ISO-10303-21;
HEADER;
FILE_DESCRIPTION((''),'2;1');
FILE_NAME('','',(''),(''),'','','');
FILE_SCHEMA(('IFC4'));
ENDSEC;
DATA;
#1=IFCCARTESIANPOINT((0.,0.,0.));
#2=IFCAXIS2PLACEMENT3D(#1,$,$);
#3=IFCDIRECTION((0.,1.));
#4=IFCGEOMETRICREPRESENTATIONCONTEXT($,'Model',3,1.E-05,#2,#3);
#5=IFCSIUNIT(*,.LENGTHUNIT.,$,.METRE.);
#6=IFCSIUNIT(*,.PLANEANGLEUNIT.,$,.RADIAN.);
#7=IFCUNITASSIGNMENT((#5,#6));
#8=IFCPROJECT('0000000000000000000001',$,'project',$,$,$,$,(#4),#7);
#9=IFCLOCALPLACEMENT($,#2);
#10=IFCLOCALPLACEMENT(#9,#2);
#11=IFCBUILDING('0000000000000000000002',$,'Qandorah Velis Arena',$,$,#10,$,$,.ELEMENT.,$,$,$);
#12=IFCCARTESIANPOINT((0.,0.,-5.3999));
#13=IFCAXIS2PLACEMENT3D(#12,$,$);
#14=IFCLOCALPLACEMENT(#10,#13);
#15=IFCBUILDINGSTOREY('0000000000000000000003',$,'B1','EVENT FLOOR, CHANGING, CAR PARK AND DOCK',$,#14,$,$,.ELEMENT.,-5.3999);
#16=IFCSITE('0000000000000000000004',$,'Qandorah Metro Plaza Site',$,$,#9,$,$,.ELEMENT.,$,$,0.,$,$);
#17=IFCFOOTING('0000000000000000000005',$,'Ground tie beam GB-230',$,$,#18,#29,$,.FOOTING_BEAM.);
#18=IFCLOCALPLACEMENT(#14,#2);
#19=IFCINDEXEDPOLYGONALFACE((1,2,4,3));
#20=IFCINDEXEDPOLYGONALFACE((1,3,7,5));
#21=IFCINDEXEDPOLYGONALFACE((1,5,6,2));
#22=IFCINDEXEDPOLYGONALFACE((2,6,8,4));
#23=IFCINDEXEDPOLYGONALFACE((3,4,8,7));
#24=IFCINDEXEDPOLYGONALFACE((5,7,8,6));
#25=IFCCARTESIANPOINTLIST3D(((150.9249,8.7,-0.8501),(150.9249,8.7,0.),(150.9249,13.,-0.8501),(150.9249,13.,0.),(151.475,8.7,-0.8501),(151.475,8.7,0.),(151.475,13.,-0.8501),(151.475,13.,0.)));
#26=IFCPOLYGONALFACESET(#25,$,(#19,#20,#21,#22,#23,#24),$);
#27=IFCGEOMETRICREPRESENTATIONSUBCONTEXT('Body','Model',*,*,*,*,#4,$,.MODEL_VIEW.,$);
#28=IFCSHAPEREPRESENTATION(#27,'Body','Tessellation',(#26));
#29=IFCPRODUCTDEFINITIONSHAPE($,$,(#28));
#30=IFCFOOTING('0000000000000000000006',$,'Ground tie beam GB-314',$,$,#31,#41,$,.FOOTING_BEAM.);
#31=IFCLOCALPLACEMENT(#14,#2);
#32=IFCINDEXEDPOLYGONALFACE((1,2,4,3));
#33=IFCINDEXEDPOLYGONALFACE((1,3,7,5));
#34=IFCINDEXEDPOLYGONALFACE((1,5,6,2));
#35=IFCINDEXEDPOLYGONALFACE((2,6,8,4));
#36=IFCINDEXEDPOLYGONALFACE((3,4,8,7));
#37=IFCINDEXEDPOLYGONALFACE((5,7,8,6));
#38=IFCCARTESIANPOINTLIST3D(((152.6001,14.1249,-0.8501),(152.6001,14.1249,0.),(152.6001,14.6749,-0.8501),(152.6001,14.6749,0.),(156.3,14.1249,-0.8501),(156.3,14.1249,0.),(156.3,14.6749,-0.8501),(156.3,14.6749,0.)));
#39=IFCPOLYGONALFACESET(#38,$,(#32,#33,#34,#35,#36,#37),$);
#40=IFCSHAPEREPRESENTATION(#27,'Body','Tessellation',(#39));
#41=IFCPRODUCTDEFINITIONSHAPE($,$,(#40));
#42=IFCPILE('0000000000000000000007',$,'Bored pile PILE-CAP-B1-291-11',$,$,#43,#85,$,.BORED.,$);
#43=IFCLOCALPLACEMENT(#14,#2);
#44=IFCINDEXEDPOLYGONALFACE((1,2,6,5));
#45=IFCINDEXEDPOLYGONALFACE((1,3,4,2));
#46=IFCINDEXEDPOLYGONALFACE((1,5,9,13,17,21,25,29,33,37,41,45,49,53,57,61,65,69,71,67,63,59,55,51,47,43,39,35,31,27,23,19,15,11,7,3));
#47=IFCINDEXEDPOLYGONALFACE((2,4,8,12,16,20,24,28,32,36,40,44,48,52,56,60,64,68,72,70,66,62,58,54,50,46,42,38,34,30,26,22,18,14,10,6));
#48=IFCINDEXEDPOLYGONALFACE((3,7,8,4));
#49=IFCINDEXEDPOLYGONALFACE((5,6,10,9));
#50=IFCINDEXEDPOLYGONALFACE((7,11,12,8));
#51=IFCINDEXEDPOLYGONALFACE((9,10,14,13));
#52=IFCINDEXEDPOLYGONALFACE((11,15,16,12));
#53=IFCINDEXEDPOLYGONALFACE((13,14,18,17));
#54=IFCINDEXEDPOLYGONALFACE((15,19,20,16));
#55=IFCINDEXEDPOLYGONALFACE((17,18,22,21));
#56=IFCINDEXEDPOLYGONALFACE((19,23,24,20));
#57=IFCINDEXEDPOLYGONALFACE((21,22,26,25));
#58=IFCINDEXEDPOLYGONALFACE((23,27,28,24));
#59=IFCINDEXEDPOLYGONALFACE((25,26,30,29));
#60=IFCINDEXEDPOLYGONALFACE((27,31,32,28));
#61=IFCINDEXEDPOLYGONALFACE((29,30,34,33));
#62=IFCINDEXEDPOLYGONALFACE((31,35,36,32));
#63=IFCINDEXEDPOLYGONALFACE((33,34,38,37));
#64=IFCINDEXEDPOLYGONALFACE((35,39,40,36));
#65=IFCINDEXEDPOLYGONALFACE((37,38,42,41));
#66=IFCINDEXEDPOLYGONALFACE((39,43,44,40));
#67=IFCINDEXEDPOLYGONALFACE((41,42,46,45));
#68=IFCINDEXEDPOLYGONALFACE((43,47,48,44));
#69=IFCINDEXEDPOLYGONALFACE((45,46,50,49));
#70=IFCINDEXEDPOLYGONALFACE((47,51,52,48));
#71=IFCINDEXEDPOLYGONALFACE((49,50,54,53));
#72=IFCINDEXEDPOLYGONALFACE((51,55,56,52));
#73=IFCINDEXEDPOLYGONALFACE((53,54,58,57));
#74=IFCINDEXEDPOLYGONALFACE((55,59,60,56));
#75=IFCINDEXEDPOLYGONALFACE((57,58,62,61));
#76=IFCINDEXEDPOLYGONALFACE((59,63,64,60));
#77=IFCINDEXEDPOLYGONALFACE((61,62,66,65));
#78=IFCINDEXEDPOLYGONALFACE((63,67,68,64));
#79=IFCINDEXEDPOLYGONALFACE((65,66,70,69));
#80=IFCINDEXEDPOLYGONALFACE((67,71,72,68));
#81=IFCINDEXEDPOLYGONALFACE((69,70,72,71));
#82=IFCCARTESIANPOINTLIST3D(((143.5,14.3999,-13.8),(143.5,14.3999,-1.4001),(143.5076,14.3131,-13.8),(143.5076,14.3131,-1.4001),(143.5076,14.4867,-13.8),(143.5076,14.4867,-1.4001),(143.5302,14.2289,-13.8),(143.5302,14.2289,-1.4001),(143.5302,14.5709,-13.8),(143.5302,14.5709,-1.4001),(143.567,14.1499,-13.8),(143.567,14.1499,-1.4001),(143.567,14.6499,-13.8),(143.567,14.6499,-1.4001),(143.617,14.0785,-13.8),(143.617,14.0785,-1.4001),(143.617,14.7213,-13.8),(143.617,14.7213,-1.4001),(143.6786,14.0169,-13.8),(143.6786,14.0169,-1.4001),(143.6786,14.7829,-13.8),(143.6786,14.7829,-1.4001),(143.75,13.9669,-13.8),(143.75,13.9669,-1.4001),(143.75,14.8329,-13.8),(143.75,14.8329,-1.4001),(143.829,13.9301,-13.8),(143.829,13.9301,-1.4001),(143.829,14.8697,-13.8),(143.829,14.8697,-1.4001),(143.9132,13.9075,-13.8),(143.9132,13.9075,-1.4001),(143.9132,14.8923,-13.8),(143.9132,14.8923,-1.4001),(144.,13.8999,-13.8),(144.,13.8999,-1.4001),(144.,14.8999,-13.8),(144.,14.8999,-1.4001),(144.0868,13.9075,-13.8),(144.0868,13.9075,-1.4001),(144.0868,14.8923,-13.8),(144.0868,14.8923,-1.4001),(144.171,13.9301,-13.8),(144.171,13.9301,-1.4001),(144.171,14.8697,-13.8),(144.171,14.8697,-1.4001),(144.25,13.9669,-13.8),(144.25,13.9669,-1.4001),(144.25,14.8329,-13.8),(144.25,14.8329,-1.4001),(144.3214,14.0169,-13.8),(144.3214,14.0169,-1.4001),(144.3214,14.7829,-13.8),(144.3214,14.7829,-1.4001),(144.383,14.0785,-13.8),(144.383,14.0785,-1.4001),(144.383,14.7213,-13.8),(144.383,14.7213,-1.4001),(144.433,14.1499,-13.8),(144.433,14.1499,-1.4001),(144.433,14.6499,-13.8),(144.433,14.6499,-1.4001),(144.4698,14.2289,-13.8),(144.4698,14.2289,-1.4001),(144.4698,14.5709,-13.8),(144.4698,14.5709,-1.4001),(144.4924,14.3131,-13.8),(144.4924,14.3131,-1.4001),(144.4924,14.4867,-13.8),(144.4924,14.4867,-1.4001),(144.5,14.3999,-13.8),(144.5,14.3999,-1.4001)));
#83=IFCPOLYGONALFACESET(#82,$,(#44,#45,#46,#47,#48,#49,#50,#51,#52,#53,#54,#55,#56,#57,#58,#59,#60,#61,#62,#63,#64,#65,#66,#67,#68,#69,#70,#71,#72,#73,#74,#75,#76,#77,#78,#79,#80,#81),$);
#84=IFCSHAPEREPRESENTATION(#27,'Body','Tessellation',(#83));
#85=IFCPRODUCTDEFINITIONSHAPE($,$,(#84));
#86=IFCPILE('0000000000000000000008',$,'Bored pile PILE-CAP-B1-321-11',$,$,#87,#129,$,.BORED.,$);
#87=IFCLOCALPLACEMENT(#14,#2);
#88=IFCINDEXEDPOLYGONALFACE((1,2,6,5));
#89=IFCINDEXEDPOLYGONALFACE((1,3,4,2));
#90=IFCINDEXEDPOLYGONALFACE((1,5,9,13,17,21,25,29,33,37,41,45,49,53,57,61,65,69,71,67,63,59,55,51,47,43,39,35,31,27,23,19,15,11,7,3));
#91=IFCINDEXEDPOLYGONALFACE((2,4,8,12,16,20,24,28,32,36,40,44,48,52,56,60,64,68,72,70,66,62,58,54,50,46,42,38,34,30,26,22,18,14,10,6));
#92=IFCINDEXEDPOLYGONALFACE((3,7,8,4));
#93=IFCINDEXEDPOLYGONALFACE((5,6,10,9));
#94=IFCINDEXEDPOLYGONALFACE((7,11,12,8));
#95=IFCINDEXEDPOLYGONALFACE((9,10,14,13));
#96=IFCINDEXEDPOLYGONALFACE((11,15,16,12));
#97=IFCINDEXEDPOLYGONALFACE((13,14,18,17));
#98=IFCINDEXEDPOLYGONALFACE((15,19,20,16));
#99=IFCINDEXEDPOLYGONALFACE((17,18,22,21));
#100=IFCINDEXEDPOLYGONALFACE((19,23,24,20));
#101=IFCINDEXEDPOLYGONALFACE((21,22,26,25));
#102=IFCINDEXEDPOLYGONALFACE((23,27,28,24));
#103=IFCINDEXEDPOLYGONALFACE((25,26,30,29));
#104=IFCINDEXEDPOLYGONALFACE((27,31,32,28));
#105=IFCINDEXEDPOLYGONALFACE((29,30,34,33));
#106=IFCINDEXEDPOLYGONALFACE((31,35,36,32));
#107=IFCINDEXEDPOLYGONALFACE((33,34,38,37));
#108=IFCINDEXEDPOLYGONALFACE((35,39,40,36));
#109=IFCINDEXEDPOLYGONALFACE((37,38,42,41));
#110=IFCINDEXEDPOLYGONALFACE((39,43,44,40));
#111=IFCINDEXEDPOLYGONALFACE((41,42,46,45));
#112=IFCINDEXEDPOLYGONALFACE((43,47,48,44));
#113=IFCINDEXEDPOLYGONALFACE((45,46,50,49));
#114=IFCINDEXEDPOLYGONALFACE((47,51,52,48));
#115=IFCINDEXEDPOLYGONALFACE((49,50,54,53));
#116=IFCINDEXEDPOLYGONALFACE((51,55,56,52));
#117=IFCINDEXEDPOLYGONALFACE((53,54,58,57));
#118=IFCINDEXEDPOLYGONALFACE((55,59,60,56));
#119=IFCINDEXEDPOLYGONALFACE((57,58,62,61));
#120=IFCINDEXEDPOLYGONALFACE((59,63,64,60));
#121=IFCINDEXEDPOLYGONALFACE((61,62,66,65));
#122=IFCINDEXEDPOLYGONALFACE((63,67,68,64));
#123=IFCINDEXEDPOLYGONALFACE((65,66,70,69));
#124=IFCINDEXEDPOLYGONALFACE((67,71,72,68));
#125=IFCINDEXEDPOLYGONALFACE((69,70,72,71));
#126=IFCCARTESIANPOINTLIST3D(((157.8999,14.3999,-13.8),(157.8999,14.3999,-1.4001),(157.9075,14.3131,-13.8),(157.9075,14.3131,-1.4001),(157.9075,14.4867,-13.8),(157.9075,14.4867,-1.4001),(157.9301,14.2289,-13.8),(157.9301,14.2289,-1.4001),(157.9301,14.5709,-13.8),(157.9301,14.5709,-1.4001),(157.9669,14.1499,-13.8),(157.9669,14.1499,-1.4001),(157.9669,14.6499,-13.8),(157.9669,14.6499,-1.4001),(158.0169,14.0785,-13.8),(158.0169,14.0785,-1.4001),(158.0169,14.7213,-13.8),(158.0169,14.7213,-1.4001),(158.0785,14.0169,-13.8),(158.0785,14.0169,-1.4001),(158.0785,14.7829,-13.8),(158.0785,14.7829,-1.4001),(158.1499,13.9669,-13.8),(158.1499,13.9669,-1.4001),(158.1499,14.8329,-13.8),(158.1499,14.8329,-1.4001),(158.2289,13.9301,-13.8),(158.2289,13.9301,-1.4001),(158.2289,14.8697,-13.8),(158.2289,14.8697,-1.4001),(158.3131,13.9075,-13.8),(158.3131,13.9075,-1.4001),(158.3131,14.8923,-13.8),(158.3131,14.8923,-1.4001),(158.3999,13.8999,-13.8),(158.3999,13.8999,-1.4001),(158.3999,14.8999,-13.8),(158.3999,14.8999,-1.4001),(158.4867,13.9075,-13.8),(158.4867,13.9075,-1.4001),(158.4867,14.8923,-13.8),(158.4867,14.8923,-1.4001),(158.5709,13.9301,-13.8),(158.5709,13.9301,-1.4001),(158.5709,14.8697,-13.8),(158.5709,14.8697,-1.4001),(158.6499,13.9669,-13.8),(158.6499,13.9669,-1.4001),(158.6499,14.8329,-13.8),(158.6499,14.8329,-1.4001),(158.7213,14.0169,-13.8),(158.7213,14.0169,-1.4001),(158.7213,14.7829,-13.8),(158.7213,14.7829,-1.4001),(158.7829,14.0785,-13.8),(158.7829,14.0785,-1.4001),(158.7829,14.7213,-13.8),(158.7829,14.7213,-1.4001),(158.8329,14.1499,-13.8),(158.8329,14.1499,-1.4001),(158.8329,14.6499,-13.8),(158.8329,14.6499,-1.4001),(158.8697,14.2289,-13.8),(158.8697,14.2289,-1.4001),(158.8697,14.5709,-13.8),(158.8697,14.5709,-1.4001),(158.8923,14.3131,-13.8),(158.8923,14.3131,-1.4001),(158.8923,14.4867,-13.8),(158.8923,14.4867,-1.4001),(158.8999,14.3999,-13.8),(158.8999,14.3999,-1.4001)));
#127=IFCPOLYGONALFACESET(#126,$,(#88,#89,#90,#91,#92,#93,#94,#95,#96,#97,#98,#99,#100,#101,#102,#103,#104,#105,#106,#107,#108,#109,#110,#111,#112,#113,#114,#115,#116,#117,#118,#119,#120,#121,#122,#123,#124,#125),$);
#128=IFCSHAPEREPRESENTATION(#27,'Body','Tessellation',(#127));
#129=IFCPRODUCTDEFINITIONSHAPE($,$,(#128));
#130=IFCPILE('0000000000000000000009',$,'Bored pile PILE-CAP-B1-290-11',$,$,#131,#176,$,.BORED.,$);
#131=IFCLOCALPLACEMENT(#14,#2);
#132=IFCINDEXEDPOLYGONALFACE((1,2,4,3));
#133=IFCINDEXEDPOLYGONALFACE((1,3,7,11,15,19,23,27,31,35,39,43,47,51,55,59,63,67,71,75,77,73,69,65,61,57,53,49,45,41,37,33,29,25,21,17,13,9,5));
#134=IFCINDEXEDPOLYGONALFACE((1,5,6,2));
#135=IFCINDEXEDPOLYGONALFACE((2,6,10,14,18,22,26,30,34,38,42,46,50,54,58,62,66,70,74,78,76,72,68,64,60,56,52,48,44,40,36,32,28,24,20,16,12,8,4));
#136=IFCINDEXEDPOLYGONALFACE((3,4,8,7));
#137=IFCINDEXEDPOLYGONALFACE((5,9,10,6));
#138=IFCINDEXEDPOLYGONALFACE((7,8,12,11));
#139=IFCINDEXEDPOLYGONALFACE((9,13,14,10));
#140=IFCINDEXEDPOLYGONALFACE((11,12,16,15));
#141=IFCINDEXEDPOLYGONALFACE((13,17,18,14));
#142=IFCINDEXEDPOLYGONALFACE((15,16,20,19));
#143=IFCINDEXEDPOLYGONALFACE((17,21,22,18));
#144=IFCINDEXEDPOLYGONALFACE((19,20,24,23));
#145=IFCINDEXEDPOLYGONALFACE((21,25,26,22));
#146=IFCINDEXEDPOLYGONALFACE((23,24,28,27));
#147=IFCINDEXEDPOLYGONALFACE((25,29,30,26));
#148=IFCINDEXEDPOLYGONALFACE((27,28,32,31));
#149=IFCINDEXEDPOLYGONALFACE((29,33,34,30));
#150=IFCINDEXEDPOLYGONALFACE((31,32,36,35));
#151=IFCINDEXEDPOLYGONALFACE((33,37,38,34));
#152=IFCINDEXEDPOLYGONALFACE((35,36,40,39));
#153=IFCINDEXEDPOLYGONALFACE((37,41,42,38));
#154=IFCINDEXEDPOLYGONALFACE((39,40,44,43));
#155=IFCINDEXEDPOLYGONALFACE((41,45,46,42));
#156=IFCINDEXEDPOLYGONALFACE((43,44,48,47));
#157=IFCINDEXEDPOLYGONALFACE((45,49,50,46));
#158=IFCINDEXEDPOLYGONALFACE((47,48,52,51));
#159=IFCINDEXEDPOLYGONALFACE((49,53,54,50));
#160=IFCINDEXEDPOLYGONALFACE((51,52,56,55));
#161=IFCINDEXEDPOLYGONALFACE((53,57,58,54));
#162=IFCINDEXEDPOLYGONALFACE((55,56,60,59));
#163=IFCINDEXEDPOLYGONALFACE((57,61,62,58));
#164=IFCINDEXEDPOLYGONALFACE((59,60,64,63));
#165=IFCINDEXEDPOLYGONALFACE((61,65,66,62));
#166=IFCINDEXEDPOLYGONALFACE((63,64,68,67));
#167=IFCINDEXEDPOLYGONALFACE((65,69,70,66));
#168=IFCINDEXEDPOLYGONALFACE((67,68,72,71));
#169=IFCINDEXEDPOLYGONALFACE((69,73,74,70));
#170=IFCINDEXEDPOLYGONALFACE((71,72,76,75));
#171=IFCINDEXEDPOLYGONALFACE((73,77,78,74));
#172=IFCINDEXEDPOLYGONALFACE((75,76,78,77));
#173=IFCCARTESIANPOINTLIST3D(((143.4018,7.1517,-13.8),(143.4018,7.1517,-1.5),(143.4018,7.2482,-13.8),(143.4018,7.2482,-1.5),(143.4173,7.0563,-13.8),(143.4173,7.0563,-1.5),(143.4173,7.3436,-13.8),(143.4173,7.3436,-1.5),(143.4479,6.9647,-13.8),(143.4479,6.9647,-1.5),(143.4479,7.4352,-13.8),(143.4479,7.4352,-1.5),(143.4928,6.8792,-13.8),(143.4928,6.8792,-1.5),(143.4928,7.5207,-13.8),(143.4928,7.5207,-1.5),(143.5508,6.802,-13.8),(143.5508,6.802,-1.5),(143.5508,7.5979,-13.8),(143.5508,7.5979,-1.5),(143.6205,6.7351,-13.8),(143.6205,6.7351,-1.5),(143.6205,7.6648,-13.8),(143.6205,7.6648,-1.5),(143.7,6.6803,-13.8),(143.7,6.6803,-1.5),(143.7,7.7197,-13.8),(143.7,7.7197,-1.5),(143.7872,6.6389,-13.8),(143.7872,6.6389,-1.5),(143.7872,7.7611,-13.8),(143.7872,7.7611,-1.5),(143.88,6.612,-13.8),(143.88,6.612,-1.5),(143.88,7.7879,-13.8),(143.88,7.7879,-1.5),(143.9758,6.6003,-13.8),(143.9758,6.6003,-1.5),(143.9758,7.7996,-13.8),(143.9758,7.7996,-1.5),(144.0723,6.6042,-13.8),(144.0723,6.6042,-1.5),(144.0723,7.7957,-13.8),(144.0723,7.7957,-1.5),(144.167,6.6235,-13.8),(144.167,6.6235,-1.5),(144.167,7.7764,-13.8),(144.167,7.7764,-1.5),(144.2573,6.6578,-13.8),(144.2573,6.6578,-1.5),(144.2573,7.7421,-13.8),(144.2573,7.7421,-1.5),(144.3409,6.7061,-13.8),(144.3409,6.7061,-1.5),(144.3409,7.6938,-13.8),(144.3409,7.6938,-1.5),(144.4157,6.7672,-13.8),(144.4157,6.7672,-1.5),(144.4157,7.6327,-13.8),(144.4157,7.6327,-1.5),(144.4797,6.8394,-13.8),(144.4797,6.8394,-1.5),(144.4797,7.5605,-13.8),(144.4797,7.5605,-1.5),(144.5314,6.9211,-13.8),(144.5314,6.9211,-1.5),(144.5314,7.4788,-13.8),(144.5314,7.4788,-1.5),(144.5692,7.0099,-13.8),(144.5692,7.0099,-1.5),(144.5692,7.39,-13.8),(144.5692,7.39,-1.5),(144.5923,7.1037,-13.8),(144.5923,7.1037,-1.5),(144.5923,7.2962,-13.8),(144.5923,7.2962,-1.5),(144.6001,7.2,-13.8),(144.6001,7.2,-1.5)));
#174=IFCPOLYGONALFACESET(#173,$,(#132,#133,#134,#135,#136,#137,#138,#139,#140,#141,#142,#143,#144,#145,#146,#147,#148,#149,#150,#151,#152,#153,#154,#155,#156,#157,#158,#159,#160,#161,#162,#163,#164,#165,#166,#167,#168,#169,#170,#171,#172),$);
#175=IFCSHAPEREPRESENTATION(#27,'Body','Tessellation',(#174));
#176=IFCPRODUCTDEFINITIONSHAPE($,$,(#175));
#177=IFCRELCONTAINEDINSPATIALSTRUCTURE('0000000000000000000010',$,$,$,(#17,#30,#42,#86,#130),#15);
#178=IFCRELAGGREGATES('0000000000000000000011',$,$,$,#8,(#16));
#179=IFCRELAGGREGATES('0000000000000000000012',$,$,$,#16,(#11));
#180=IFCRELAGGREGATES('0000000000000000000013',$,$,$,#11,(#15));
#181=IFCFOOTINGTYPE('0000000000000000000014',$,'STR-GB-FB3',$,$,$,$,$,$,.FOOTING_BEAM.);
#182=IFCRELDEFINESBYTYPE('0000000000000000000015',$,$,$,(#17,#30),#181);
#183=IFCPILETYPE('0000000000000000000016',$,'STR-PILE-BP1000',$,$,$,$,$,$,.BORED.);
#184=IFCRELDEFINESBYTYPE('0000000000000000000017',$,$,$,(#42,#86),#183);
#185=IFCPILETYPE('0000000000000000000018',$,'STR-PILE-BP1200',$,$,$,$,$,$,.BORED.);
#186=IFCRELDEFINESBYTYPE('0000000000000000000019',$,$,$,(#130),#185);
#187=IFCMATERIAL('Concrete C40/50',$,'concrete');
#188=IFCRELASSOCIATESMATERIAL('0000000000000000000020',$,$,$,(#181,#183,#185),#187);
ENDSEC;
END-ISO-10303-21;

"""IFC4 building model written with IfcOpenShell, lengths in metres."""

from ifc_helpers import new_model, si_unit, direction, frame, origin, origin_2d, place, context, subcontext, project, spatial, rectangle, circle, extrude, material, material_profile, profile_set, type_object, element, save


model = new_model("IFC4")

# Units and contexts
model_context = context("Model", 3, precision=1e-05, world=origin(), true_north=direction((0.0, 1.0)))
body_context = subcontext(model_context, "Body", "Model", "MODEL_VIEW")
ifc_project = project(units=[si_unit("LENGTHUNIT", "METRE"), si_unit("PLANEANGLEUNIT", "RADIAN")], contexts=[model_context])

# Site, building, storey
site_placement = place(None, origin())
site = spatial("IfcSite", under=ifc_project, at=site_placement, Name="Qandorah Metro Plaza Site", CompositionType="ELEMENT", RefElevation=0.0)
building_placement = place(site_placement, origin())
building = spatial("IfcBuilding", under=site, at=building_placement, Name="Qandorah Velis Arena", CompositionType="ELEMENT")
storey_placement = place(building_placement, frame((0.0, 0.0, -5.3999)))
storey = spatial("IfcBuildingStorey", under=building, at=storey_placement, Name="B1", Description="EVENT FLOOR, CHANGING, CAR PARK AND DOCK", CompositionType="ELEMENT", Elevation=-5.3999)

# Footings
ifc_material_1 = material(Name="Concrete C40/50", Category="concrete")
ifc_material_profile_1 = material_profile(ifc_material_1, rectangle(XDim=0.55, YDim=0.8501, at=origin_2d()), Name="GB3 550x850")
ifc_profile_set_1 = profile_set([ifc_material_profile_1], Name="Concrete C40/50")
footing_type_1 = type_object("IfcFootingType", Name="STR-GB-FB3", PredefinedType="FOOTING_BEAM", material=ifc_profile_set_1)
footing_1_placement = place(storey_placement, frame((151.2, 8.7, -0.425), z_axis=(0.0, 1.0, 0.0), x_axis=(-1.0, 0.0, 0.0)))
element("IfcFooting", 1, at=footing_1_placement, inside=storey, type_object=footing_type_1, Name="Ground tie beam GB-230", PredefinedType="FOOTING_BEAM", context=body_context, shape_type="SweptSolid", body=[
    extrude(rectangle(XDim=0.55, YDim=0.8501, at=origin_2d()), origin(), (0.0, 0.0, 1.0), 4.3),
])
footing_2_placement = place(storey_placement, frame((152.6001, 14.3999, -0.425), z_axis=(1.0, 0.0, 0.0), x_axis=(0.0, 1.0, 0.0)))
element("IfcFooting", 2, at=footing_2_placement, inside=storey, type_object=footing_type_1, Name="Ground tie beam GB-314", PredefinedType="FOOTING_BEAM", context=body_context, shape_type="SweptSolid", body=[
    extrude(rectangle(XDim=0.55, YDim=0.8501, at=origin_2d()), origin(), (0.0, 0.0, 1.0), 3.7),
])

# Piles
ifc_material_profile_2 = material_profile(ifc_material_1, circle(Radius=0.5, at=origin_2d()), Name="BORED PILE D1000")
ifc_profile_set_2 = profile_set([ifc_material_profile_2], Name="Concrete C40/50")
pile_type_1 = type_object("IfcPileType", Name="STR-PILE-BP1000", PredefinedType="BORED", material=ifc_profile_set_2)
for number, where, z_axis, x_axis, name in (
    (3, (144.0, 14.3999, -1.4001), (0.0, 0.0, -1.0), (1.0, 0.0, 0.0), "Bored pile PILE-CAP-B1-291-11"),
    (4, (158.3999, 14.3999, -1.4001), (0.0, 0.0, -1.0), (1.0, 0.0, 0.0), "Bored pile PILE-CAP-B1-321-11"),
):
    element("IfcPile", number, at=place(storey_placement, frame(where, z_axis=z_axis, x_axis=x_axis)), inside=storey, type_object=pile_type_1, Name=name, PredefinedType="BORED", context=body_context, shape_type="SweptSolid", body=[
        extrude(circle(Radius=0.5, at=origin_2d()), origin(), (0.0, 0.0, 1.0), 12.3999),
    ])
ifc_material_profile_3 = material_profile(ifc_material_1, circle(Radius=0.6001, at=origin_2d()), Name="BORED PILE D1200")
ifc_profile_set_3 = profile_set([ifc_material_profile_3], Name="Concrete C40/50")
pile_type_2 = type_object("IfcPileType", Name="STR-PILE-BP1200", PredefinedType="BORED", material=ifc_profile_set_3)
for number, where, z_axis, x_axis, name in (
    (5, (144.0, 7.2, -1.5), (0.0, 0.0, -1.0), (1.0, 0.0, 0.0), "Bored pile PILE-CAP-B1-290-11"),
):
    element("IfcPile", number, at=place(storey_placement, frame(where, z_axis=z_axis, x_axis=x_axis)), inside=storey, type_object=pile_type_2, Name=name, PredefinedType="BORED", context=body_context, shape_type="SweptSolid", body=[
        extrude(circle(Radius=0.6001, at=origin_2d()), origin(), (0.0, 0.0, 1.0), 12.3),
    ])

save(model, "model.ifc")
